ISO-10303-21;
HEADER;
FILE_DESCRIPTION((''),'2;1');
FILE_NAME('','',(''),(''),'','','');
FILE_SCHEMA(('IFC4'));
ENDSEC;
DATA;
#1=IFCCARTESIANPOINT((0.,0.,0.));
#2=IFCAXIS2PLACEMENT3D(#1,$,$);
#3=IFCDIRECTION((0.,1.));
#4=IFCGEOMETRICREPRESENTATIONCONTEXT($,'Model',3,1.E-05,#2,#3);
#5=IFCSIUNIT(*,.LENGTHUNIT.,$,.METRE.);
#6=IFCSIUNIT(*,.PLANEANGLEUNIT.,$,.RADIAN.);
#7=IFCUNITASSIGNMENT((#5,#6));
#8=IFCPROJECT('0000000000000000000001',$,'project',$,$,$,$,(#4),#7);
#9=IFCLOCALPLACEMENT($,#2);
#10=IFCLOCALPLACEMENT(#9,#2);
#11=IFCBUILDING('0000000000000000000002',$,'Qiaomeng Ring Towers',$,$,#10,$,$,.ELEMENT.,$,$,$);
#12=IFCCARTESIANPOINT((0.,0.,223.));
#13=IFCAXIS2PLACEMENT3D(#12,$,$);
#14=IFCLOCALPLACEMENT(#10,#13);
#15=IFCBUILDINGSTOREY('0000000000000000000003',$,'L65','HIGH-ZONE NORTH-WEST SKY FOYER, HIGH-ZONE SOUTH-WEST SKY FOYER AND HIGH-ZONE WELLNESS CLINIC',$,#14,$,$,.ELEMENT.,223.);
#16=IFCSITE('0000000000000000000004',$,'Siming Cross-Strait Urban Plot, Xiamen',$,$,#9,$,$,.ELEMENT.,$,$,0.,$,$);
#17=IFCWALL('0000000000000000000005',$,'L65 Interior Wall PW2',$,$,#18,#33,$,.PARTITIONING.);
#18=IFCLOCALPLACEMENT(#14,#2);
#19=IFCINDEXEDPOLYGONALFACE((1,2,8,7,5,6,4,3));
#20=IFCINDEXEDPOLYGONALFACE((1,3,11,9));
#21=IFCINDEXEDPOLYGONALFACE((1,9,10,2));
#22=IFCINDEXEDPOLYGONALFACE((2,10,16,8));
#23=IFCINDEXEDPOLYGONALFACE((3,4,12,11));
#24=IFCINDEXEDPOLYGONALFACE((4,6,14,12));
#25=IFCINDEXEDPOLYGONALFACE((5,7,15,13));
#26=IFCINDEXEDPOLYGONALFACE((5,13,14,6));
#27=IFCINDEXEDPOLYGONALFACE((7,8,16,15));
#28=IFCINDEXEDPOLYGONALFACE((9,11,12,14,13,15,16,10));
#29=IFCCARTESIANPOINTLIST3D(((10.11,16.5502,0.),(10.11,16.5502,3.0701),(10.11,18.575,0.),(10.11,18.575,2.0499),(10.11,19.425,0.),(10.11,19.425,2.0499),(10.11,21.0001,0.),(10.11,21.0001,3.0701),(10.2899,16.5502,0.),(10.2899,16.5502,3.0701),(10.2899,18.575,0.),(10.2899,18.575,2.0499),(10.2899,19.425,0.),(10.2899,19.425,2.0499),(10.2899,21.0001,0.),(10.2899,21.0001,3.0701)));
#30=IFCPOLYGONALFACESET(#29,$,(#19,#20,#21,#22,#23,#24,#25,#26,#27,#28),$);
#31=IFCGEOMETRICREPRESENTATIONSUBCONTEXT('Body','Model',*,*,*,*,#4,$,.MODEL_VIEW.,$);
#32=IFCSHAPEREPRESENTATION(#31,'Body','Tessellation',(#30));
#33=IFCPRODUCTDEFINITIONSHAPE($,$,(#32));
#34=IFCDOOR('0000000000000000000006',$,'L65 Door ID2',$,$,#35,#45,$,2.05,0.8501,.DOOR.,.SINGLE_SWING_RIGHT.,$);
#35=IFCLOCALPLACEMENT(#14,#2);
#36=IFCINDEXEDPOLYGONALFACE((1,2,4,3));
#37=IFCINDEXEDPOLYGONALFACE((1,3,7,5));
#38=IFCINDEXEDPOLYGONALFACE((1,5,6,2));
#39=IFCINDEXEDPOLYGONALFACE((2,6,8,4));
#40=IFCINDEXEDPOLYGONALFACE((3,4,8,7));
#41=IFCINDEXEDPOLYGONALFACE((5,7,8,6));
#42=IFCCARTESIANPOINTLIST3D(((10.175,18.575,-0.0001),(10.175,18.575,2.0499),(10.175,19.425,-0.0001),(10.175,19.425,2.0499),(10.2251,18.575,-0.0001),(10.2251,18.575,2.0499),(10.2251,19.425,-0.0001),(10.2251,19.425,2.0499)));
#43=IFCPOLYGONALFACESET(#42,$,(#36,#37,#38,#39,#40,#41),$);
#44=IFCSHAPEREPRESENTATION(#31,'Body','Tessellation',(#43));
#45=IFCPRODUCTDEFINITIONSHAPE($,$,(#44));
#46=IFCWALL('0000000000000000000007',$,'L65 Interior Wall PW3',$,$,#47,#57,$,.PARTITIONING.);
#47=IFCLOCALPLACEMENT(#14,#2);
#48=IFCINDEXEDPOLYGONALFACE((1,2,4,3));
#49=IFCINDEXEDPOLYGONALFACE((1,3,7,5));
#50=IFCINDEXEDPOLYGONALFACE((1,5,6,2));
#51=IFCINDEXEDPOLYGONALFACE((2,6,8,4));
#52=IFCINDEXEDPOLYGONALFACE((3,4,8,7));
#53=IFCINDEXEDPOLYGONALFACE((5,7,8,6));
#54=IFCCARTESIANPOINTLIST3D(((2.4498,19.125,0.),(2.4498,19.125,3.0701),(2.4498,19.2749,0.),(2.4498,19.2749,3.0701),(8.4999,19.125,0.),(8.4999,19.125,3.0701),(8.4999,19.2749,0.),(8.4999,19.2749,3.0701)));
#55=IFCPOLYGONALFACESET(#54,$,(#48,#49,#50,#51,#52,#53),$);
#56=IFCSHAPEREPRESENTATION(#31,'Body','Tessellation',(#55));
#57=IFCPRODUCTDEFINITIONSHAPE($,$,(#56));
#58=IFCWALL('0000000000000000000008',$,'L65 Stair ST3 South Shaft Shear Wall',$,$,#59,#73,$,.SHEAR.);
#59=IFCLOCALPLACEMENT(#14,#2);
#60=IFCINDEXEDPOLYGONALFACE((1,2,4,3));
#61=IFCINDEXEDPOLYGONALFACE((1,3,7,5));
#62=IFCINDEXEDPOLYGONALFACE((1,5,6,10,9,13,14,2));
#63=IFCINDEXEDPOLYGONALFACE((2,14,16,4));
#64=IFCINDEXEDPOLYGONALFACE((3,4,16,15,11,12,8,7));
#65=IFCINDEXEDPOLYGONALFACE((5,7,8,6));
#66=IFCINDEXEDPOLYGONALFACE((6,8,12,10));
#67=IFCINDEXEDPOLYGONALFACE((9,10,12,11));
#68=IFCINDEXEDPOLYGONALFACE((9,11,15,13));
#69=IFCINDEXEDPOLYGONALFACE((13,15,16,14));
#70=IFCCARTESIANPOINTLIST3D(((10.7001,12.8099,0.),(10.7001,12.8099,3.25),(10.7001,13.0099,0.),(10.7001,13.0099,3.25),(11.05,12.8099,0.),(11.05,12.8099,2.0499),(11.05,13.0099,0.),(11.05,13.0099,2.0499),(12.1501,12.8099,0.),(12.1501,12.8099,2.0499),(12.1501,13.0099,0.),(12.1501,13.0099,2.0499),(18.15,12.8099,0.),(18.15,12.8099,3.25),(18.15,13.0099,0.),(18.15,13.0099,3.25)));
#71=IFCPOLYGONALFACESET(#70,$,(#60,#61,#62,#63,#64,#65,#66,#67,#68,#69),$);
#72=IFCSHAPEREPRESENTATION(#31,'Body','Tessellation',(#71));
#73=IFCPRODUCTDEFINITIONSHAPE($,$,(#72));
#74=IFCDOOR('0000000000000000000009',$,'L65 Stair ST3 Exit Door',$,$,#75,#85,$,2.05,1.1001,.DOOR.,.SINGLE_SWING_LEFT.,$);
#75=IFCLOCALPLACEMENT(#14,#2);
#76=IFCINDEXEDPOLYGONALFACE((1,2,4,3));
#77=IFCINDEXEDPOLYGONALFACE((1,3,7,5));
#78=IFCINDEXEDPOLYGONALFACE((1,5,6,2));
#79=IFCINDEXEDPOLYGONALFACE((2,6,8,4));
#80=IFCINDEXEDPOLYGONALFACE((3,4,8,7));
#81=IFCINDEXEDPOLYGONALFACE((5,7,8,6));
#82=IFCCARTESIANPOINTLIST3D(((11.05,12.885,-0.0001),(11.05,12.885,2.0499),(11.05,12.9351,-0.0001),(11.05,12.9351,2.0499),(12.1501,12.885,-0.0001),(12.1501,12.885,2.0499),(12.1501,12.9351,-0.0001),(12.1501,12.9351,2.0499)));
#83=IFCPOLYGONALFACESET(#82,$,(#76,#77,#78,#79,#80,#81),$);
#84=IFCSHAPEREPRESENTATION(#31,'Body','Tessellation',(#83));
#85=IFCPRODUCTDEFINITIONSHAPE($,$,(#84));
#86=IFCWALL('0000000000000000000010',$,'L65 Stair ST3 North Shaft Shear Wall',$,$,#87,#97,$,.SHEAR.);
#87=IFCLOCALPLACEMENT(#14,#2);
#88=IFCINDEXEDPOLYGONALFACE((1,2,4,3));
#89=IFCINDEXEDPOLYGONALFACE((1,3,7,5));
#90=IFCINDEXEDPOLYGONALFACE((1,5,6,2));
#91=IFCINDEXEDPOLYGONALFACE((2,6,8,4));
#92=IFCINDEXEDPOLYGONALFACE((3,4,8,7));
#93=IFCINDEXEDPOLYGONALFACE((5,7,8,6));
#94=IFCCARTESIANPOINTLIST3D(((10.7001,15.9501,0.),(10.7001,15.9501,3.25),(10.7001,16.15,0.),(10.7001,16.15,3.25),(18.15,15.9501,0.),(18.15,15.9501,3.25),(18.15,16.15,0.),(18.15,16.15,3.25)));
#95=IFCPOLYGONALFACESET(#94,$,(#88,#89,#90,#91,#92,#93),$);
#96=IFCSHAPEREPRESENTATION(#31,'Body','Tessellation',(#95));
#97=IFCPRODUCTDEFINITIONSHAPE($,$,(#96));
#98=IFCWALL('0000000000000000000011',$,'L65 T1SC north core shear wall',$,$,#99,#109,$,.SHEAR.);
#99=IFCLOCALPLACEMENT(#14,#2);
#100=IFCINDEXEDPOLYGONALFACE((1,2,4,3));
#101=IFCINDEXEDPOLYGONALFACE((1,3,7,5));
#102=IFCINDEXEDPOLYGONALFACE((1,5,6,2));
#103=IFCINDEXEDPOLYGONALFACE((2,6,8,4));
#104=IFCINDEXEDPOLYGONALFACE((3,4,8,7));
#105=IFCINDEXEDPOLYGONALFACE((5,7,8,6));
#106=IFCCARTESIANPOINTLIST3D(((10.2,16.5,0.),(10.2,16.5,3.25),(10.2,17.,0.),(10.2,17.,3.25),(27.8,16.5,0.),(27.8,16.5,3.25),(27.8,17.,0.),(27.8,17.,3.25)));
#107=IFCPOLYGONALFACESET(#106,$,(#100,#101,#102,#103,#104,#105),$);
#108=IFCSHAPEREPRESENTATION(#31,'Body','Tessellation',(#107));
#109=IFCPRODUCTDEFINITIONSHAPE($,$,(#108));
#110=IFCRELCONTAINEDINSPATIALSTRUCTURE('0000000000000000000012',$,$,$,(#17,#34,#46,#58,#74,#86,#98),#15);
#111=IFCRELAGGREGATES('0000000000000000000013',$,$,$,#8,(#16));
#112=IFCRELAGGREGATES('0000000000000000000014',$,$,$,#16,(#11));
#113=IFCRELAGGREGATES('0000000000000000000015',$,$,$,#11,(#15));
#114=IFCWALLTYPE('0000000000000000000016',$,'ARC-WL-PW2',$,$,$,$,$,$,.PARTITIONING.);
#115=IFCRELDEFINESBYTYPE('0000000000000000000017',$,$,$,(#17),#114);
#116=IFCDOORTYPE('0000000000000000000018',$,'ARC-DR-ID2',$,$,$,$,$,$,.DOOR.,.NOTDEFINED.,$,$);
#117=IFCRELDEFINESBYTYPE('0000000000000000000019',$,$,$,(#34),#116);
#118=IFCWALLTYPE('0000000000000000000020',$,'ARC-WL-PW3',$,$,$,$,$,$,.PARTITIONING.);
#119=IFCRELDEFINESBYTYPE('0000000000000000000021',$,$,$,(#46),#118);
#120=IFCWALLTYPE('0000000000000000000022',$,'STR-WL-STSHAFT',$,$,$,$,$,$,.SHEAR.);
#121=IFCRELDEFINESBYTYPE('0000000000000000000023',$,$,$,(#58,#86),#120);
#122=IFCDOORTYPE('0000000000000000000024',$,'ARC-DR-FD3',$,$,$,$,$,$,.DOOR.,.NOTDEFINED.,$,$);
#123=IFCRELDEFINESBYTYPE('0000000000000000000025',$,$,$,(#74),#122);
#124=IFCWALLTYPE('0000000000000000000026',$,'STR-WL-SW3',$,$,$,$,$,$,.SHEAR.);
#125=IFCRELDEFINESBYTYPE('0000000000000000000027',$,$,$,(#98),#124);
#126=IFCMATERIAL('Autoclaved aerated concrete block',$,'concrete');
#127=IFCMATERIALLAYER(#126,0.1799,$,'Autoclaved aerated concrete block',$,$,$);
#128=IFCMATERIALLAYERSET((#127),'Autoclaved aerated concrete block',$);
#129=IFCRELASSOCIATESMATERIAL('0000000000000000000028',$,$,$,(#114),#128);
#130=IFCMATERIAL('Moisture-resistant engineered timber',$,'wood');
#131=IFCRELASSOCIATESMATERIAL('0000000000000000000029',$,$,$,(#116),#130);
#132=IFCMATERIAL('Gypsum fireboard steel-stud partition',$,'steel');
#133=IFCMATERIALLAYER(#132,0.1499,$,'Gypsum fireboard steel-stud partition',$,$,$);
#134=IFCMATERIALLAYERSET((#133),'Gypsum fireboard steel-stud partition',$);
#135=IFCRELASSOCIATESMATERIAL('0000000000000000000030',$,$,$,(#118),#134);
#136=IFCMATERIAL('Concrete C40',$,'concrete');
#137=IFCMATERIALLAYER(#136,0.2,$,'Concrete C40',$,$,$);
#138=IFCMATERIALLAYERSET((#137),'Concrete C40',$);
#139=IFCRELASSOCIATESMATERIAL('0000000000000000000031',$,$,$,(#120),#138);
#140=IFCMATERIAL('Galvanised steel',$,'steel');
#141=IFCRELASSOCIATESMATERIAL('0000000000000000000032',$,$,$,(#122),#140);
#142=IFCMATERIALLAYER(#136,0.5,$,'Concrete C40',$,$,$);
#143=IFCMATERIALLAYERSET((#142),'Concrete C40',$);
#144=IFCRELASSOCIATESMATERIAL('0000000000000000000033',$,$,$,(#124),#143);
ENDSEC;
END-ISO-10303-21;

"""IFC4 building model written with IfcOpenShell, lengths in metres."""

from ifc_helpers import new_model, si_unit, direction, frame, frame_2d, origin, place, context, subcontext, project, spatial, rectangle, extrude, source, transform, mapped, material, layer, layer_set, type_object, element, fill, save


model = new_model("IFC4")

# Units and contexts
model_context = context("Model", 3, precision=1e-05, world=origin(), true_north=direction((0.0, 1.0)))
body_context = subcontext(model_context, "Body", "Model", "MODEL_VIEW")
ifc_project = project(units=[si_unit("LENGTHUNIT", "METRE"), si_unit("PLANEANGLEUNIT", "RADIAN")], contexts=[model_context])

# Site, building, storey
site_placement = place(None, origin())
site = spatial("IfcSite", under=ifc_project, at=site_placement, Name="Siming Cross-Strait Urban Plot, Xiamen", CompositionType="ELEMENT", RefElevation=0.0)
building_placement = place(site_placement, origin())
building = spatial("IfcBuilding", under=site, at=building_placement, Name="Qiaomeng Ring Towers", CompositionType="ELEMENT")
storey_placement = place(building_placement, frame((0.0, 0.0, 223.0)))
storey = spatial("IfcBuildingStorey", under=building, at=storey_placement, Name="L65", Description="HIGH-ZONE NORTH-WEST SKY FOYER, HIGH-ZONE SOUTH-WEST SKY FOYER AND HIGH-ZONE WELLNESS CLINIC", CompositionType="ELEMENT", Elevation=223.0)

# Shared definitions
ifc_material_1 = material(Name="Concrete C40", Category="concrete")

# Wall, opening, door
ifc_material_2 = material(Name="Autoclaved aerated concrete block", Category="concrete")
ifc_layer_1 = layer(ifc_material_2, 0.1799, Name="Autoclaved aerated concrete block")
ifc_layer_set_1 = layer_set([ifc_layer_1], Name="Autoclaved aerated concrete block")
wall_type_1 = type_object("IfcWallType", Name="ARC-WL-PW2", PredefinedType="PARTITIONING", material=ifc_layer_set_1)
wall_1_placement = place(storey_placement, frame((10.2, 16.55, 0.0), z_axis=(0.0, 0.0, 1.0), x_axis=(0.0, 1.0, 0.0)))
wall_1 = element("IfcWall", 1, at=wall_1_placement, inside=storey, type_object=wall_type_1, Name="L65 Interior Wall PW2", PredefinedType="PARTITIONING", context=body_context, shape_type="SweptSolid", body=[
    extrude(rectangle(XDim=4.45, YDim=0.1799, at=frame_2d((2.2251, 0.0))), origin(), (0.0, 0.0, 1.0), 3.0701),
])
opening_1_placement = place(wall_1_placement, frame((2.0249, 0.0, 0.0)))
opening_1 = element("IfcOpeningElement", 2, at=opening_1_placement, cuts=wall_1, PredefinedType="OPENING", context=body_context, shape_type="SweptSolid", body=[
    extrude(rectangle(XDim=0.8501, YDim=2.05, at=frame_2d((0.425, 1.0249))), frame((0.0, 0.0999, 0.0), z_axis=(0.0, -1.0, 0.0), x_axis=(1.0, 0.0, 0.0)), (0.0, 0.0, 1.0), 0.2),
])
ifc_material_3 = material(Name="Moisture-resistant engineered timber", Category="wood")
door_type_1 = type_object("IfcDoorType", Name="ARC-DR-ID2", OperationType="NOTDEFINED", PredefinedType="DOOR", material=ifc_material_3)
shared_shape_1 = source(origin(), body_context, "Body", "SweptSolid", [
    extrude(rectangle(XDim=0.8501, YDim=2.05, at=frame_2d((0.425, 1.0249))), frame((0.0, 0.0249, 0.0), z_axis=(0.0, -1.0, 0.0), x_axis=(1.0, 0.0, 0.0)), (0.0, 0.0, 1.0), 0.05),
])
door_1_placement = place(opening_1_placement, origin())
door_1 = element("IfcDoor", 3, at=door_1_placement, inside=storey, type_object=door_type_1, Name="L65 Door ID2", OperationType="SINGLE_SWING_RIGHT", OverallHeight=2.05, OverallWidth=0.8501, PredefinedType="DOOR", context=body_context, shape_type="MappedRepresentation", body=[
    mapped(shared_shape_1, transform((0.0, 0.0, 0.0), x_axis=(1.0, 0.0, 0.0), y_axis=(0.0, 1.0, 0.0), z_axis=(0.0, 0.0, 1.0), scale=1.0)),
])
fill(opening_1, door_1)

# Wall
ifc_material_4 = material(Name="Gypsum fireboard steel-stud partition", Category="steel")
ifc_layer_2 = layer(ifc_material_4, 0.1499, Name="Gypsum fireboard steel-stud partition")
ifc_layer_set_2 = layer_set([ifc_layer_2], Name="Gypsum fireboard steel-stud partition")
wall_type_2 = type_object("IfcWallType", Name="ARC-WL-PW3", PredefinedType="PARTITIONING", material=ifc_layer_set_2)
wall_2_placement = place(storey_placement, frame((2.45, 19.2, 0.0), z_axis=(0.0, 0.0, 1.0), x_axis=(1.0, 0.0, 0.0)))
element("IfcWall", 4, at=wall_2_placement, inside=storey, type_object=wall_type_2, Name="L65 Interior Wall PW3", PredefinedType="PARTITIONING", context=body_context, shape_type="SweptSolid", body=[
    extrude(rectangle(XDim=6.05, YDim=0.1499, at=frame_2d((3.0249, 0.0))), origin(), (0.0, 0.0, 1.0), 3.0701),
])

# Wall, opening, door
ifc_layer_3 = layer(ifc_material_1, 0.2, Name="Concrete C40")
ifc_layer_set_3 = layer_set([ifc_layer_3], Name="Concrete C40")
wall_type_3 = type_object("IfcWallType", Name="STR-WL-STSHAFT", PredefinedType="SHEAR", material=ifc_layer_set_3)
wall_3_placement = place(storey_placement, frame((10.7, 12.9099, 0.0), z_axis=(0.0, 0.0, 1.0), x_axis=(1.0, 0.0, 0.0)))
wall_3 = element("IfcWall", 5, at=wall_3_placement, inside=storey, type_object=wall_type_3, Name="L65 Stair ST3 South Shaft Shear Wall", PredefinedType="SHEAR", context=body_context, shape_type="SweptSolid", body=[
    extrude(rectangle(XDim=7.45, YDim=0.2, at=frame_2d((3.7251, 0.0))), origin(), (0.0, 0.0, 1.0), 3.25),
])
opening_2_placement = place(wall_3_placement, frame((0.3501, 0.0, 0.0)))
opening_2 = element("IfcOpeningElement", 6, at=opening_2_placement, cuts=wall_3, PredefinedType="OPENING", context=body_context, shape_type="SweptSolid", body=[
    extrude(rectangle(XDim=1.1001, YDim=2.05, at=frame_2d((0.55, 1.0249))), frame((0.0, 0.1099, 0.0), z_axis=(0.0, -1.0, 0.0), x_axis=(1.0, 0.0, 0.0)), (0.0, 0.0, 1.0), 0.22),
])
ifc_material_5 = material(Name="Galvanised steel", Category="steel")
door_type_2 = type_object("IfcDoorType", Name="ARC-DR-FD3", OperationType="NOTDEFINED", PredefinedType="DOOR", material=ifc_material_5)
shared_shape_2 = source(origin(), body_context, "Body", "SweptSolid", [
    extrude(rectangle(XDim=1.1001, YDim=2.05, at=frame_2d((0.55, 1.0249))), frame((0.0, 0.0249, 0.0), z_axis=(0.0, -1.0, 0.0), x_axis=(1.0, 0.0, 0.0)), (0.0, 0.0, 1.0), 0.05),
])
door_2_placement = place(opening_2_placement, frame((1.1001, 0.0, 0.0), z_axis=(0.0, 0.0, 1.0), x_axis=(-1.0, 0.0, 0.0)))
door_2 = element("IfcDoor", 7, at=door_2_placement, inside=storey, type_object=door_type_2, Name="L65 Stair ST3 Exit Door", OperationType="SINGLE_SWING_LEFT", OverallHeight=2.05, OverallWidth=1.1001, PredefinedType="DOOR", context=body_context, shape_type="MappedRepresentation", body=[
    mapped(shared_shape_2, transform((0.0, 0.0, 0.0), x_axis=(1.0, 0.0, 0.0), y_axis=(0.0, 1.0, 0.0), z_axis=(0.0, 0.0, 1.0), scale=1.0)),
])
fill(opening_2, door_2)

# Walls
wall_4_placement = place(storey_placement, frame((10.7, 16.05, 0.0), z_axis=(0.0, 0.0, 1.0), x_axis=(1.0, 0.0, 0.0)))
element("IfcWall", 8, at=wall_4_placement, inside=storey, type_object=wall_type_3, Name="L65 Stair ST3 North Shaft Shear Wall", PredefinedType="SHEAR", context=body_context, shape_type="SweptSolid", body=[
    extrude(rectangle(XDim=7.45, YDim=0.2, at=frame_2d((3.7251, 0.0))), origin(), (0.0, 0.0, 1.0), 3.25),
])
ifc_layer_4 = layer(ifc_material_1, 0.5, Name="Concrete C40")
ifc_layer_set_4 = layer_set([ifc_layer_4], Name="Concrete C40")
wall_type_4 = type_object("IfcWallType", Name="STR-WL-SW3", PredefinedType="SHEAR", material=ifc_layer_set_4)
wall_5_placement = place(storey_placement, frame((10.2, 16.75, 0.0), z_axis=(0.0, 0.0, 1.0), x_axis=(1.0, 0.0, 0.0)))
element("IfcWall", 9, at=wall_5_placement, inside=storey, type_object=wall_type_4, Name="L65 T1SC north core shear wall", PredefinedType="SHEAR", context=body_context, shape_type="SweptSolid", body=[
    extrude(rectangle(XDim=17.6001, YDim=0.5, at=frame_2d((8.8, 0.0))), origin(), (0.0, 0.0, 1.0), 3.25),
])

save(model, "model.ifc")
